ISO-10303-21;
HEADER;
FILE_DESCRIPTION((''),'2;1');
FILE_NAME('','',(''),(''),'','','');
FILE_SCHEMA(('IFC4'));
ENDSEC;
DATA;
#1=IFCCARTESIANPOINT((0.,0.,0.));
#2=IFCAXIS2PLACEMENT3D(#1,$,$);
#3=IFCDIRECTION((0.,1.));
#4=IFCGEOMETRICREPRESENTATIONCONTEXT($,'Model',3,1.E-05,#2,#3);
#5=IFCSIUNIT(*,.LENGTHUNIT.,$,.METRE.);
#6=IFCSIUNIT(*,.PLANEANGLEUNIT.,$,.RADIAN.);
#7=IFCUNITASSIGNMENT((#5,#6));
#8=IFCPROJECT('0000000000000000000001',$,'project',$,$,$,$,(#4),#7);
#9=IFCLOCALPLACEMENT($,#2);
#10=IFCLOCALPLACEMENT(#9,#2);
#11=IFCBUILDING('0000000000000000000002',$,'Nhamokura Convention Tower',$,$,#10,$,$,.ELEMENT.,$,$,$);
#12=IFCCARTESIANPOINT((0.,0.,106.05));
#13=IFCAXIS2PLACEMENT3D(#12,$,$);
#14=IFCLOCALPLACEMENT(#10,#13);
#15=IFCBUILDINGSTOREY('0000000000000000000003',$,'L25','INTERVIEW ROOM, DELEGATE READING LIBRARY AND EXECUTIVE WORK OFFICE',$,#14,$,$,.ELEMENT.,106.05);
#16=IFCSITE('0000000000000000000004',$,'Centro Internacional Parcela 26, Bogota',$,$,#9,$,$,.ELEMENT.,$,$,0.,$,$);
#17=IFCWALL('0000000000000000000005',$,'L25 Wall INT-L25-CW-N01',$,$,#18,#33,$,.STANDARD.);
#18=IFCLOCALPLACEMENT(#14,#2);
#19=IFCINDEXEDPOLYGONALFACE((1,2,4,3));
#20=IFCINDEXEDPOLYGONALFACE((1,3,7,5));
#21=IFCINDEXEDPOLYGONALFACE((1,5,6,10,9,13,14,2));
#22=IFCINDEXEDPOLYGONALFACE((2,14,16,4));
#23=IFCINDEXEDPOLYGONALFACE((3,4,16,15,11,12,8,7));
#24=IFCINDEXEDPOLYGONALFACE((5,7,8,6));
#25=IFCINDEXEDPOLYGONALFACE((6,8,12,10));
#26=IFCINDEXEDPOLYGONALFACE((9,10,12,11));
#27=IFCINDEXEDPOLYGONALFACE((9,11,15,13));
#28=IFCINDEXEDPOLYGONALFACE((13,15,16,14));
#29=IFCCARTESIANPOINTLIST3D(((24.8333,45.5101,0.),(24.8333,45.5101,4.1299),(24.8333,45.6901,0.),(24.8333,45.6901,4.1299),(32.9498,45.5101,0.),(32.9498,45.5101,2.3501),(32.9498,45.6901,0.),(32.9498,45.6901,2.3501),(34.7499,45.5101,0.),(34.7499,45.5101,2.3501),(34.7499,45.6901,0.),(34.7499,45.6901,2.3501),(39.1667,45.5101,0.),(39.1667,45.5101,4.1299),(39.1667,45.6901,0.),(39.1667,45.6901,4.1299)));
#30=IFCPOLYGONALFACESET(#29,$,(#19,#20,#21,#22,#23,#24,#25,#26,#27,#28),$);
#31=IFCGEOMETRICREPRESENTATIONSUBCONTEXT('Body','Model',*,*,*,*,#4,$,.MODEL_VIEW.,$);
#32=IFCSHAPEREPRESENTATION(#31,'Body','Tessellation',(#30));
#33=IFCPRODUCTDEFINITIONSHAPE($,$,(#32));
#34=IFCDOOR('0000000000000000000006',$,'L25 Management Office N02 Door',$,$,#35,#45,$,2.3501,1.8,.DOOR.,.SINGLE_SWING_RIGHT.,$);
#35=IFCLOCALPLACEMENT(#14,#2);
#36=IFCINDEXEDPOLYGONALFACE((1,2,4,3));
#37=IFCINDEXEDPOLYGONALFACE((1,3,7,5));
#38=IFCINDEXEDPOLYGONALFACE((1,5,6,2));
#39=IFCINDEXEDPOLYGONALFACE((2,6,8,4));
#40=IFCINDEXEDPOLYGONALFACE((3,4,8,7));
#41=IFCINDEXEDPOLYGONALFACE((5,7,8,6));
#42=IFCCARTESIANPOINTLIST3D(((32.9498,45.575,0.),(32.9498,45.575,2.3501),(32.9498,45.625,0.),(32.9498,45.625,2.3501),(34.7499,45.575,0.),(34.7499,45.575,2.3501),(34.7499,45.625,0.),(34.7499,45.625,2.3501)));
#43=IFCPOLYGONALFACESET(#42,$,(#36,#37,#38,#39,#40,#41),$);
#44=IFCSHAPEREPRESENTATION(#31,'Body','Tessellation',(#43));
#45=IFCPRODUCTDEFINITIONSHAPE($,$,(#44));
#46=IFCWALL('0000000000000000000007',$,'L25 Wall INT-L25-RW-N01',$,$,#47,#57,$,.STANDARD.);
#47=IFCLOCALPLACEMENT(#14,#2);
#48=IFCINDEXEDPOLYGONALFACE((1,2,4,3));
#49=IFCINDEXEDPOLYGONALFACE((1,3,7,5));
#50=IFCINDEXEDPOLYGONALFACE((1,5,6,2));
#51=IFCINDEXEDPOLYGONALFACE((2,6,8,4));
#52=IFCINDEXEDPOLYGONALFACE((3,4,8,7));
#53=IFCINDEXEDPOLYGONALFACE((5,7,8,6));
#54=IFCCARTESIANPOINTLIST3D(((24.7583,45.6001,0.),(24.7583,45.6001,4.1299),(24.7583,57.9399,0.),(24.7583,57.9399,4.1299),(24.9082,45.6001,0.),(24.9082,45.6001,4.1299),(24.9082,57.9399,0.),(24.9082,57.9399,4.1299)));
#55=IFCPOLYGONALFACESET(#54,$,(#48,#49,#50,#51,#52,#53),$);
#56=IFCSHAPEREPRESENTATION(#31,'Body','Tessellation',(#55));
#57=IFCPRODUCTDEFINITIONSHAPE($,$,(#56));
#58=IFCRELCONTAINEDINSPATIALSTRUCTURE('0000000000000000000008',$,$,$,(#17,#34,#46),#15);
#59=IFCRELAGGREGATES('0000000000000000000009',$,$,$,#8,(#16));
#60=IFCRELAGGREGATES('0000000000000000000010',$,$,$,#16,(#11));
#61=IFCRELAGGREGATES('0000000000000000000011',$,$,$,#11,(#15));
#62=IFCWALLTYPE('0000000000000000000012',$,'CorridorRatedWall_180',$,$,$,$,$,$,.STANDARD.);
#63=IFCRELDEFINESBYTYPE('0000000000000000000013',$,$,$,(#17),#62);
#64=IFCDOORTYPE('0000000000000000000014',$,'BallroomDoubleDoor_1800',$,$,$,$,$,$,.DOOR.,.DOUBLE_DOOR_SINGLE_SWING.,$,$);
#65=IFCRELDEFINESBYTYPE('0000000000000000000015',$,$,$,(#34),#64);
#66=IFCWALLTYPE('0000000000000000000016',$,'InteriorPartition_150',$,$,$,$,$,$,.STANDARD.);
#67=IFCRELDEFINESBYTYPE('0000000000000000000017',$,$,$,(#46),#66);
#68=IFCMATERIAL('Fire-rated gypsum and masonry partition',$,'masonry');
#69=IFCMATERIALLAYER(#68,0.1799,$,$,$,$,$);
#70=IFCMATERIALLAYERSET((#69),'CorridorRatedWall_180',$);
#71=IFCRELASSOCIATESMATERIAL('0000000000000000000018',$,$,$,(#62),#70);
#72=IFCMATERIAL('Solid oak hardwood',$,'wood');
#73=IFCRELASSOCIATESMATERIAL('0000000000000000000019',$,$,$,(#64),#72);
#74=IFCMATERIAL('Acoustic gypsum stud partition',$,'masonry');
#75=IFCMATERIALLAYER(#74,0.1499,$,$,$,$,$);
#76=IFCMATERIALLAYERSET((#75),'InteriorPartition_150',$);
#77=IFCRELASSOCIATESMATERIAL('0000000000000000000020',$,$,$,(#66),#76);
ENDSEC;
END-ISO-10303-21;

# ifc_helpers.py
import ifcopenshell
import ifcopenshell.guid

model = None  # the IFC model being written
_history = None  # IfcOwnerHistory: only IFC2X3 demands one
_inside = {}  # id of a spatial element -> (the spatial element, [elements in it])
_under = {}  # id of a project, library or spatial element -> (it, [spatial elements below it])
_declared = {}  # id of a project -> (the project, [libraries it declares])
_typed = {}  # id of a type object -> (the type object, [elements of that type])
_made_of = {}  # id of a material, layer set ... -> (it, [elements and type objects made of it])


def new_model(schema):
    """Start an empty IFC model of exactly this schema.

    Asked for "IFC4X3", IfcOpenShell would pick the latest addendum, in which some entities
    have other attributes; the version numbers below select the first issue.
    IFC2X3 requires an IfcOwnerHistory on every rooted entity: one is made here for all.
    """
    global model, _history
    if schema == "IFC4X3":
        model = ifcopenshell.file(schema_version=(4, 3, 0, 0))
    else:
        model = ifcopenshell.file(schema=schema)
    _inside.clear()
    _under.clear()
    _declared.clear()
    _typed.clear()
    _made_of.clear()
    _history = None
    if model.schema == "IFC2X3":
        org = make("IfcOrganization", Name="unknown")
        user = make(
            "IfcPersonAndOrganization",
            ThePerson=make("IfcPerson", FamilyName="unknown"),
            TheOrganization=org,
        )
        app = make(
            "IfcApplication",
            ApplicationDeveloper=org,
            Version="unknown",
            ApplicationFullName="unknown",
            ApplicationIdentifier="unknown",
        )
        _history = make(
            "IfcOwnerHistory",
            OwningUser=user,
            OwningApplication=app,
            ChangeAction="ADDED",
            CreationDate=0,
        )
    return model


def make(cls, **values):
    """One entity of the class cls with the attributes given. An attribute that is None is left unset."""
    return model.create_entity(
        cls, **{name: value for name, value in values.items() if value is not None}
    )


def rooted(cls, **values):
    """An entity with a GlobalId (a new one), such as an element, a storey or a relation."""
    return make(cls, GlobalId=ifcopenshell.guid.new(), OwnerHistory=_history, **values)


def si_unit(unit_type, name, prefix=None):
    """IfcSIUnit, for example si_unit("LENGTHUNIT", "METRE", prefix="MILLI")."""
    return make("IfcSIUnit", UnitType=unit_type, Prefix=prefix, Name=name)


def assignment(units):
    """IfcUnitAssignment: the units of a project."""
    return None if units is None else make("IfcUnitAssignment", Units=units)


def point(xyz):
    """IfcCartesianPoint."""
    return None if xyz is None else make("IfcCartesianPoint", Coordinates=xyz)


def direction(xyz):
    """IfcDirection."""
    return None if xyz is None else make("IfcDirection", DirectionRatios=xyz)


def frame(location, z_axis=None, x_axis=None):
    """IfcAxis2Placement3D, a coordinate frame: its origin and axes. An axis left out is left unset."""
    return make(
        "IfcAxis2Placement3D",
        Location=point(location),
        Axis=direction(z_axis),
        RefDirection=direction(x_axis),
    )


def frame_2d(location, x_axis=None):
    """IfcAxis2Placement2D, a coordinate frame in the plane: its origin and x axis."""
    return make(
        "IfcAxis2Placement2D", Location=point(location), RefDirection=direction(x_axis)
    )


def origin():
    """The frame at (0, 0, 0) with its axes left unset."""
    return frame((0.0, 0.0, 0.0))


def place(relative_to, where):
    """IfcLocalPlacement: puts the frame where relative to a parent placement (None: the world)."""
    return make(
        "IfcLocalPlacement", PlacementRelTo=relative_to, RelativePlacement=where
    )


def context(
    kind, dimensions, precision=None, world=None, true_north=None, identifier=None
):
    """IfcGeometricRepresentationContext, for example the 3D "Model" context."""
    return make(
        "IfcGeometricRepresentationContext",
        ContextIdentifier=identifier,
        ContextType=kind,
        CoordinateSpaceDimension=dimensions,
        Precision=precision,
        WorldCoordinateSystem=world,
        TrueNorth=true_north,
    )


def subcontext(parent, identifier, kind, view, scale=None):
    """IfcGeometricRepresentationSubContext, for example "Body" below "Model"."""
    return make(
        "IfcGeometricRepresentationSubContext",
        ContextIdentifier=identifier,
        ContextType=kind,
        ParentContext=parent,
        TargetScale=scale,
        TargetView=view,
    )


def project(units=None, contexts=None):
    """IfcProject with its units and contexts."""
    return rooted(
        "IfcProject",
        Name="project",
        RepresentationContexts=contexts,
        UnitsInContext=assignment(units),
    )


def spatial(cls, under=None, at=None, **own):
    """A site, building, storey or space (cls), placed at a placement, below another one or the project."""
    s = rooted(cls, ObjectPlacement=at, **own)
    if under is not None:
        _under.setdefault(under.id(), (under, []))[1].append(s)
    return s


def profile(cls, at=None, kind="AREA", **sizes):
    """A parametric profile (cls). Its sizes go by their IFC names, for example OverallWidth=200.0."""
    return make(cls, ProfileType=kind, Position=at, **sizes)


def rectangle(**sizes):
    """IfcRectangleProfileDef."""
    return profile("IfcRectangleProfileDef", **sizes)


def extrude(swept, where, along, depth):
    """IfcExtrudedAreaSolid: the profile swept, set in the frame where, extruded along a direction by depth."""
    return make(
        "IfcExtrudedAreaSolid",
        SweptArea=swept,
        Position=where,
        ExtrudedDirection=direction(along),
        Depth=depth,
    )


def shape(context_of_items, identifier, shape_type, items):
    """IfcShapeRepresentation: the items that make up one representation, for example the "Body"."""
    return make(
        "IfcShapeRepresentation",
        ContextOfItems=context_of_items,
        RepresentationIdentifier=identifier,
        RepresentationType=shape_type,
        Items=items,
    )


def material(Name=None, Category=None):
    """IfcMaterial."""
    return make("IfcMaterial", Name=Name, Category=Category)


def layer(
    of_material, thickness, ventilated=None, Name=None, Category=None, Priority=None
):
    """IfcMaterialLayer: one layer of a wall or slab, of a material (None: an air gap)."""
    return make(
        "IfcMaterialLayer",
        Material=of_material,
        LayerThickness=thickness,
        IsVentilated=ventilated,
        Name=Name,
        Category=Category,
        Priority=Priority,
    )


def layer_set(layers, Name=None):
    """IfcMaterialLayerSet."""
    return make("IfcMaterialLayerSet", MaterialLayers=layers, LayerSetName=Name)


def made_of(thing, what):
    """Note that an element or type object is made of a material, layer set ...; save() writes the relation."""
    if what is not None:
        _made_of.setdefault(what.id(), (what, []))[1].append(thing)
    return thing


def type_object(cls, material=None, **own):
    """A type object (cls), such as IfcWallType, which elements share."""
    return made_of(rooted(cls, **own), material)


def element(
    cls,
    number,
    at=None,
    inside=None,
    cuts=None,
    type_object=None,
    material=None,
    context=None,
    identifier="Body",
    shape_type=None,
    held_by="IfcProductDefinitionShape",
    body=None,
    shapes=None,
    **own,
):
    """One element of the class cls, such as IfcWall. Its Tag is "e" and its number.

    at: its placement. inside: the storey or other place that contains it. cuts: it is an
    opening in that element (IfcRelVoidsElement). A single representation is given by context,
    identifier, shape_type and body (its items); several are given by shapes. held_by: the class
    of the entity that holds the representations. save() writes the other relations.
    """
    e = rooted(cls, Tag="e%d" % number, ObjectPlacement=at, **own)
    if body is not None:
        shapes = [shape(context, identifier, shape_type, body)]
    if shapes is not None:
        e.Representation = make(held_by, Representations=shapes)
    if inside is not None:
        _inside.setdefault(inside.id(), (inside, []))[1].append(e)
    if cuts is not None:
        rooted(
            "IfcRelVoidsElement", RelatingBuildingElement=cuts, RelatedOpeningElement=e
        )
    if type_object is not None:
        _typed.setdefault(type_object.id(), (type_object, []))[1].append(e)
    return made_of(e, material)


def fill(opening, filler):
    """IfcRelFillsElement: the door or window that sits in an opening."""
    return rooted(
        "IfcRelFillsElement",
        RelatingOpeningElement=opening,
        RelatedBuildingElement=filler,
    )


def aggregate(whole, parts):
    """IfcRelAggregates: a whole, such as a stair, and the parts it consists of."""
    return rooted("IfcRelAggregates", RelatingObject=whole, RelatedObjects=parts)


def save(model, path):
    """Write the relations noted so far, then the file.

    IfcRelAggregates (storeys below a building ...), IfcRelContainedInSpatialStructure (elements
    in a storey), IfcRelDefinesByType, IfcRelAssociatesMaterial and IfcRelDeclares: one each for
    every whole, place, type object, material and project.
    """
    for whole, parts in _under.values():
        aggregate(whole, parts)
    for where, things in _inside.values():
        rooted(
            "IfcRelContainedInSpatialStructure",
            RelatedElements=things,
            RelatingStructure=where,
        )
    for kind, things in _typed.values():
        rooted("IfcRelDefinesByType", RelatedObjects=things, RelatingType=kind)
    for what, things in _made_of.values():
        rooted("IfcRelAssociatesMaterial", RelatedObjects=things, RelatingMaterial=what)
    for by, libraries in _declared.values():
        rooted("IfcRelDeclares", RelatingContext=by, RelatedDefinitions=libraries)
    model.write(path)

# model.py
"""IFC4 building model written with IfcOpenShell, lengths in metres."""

from ifc_helpers import new_model, si_unit, direction, frame, frame_2d, origin, place, context, subcontext, project, spatial, rectangle, extrude, material, layer, layer_set, type_object, element, fill, save


model = new_model("IFC4")

# Units and contexts
model_context = context("Model", 3, precision=1e-05, world=origin(), true_north=direction((0.0, 1.0)))
body_context = subcontext(model_context, "Body", "Model", "MODEL_VIEW")
ifc_project = project(units=[si_unit("LENGTHUNIT", "METRE"), si_unit("PLANEANGLEUNIT", "RADIAN")], contexts=[model_context])

# Site, building, storey
site_placement = place(None, origin())
site = spatial("IfcSite", under=ifc_project, at=site_placement, Name="Centro Internacional Parcela 26, Bogota", CompositionType="ELEMENT", RefElevation=0.0)
building_placement = place(site_placement, origin())
building = spatial("IfcBuilding", under=site, at=building_placement, Name="Nhamokura Convention Tower", CompositionType="ELEMENT")
storey_placement = place(building_placement, frame((0.0, 0.0, 106.05)))
storey = spatial("IfcBuildingStorey", under=building, at=storey_placement, Name="L25", Description="INTERVIEW ROOM, DELEGATE READING LIBRARY AND EXECUTIVE WORK OFFICE", CompositionType="ELEMENT", Elevation=106.05)

# Wall, opening, door
ifc_material_1 = material(Name="Fire-rated gypsum and masonry partition", Category="masonry")
ifc_layer_1 = layer(ifc_material_1, 0.1799)
ifc_layer_set_1 = layer_set([ifc_layer_1], Name="CorridorRatedWall_180")
wall_type_1 = type_object("IfcWallType", Name="CorridorRatedWall_180", PredefinedType="STANDARD", material=ifc_layer_set_1)
wall_1_placement = place(storey_placement, frame((24.8333, 45.6001, 0.0), z_axis=(0.0, 0.0, 1.0), x_axis=(1.0, 0.0, 0.0)))
wall_1 = element("IfcWall", 1, at=wall_1_placement, inside=storey, type_object=wall_type_1, Name="L25 Wall INT-L25-CW-N01", PredefinedType="STANDARD", context=body_context, shape_type="SweptSolid", body=[
    extrude(rectangle(XDim=14.3335, YDim=0.1799, at=frame_2d((7.1667, 0.0))), origin(), (0.0, 0.0, 1.0), 4.1299),
])
opening_placement = place(wall_1_placement, frame((8.1167, 0.0, 0.0)))
opening = element("IfcOpeningElement", 2, at=opening_placement, cuts=wall_1, PredefinedType="OPENING", context=body_context, shape_type="SweptSolid", body=[
    extrude(rectangle(XDim=1.8, YDim=2.3501, at=frame_2d((0.8999, 1.175))), frame((0.0, 0.0999, 0.0), z_axis=(0.0, -1.0, 0.0), x_axis=(1.0, 0.0, 0.0)), (0.0, 0.0, 1.0), 0.2),
])
ifc_material_2 = material(Name="Solid oak hardwood", Category="wood")
door_type = type_object("IfcDoorType", Name="BallroomDoubleDoor_1800", OperationType="DOUBLE_DOOR_SINGLE_SWING", PredefinedType="DOOR", material=ifc_material_2)
door_placement = place(opening_placement, origin())
door = element("IfcDoor", 3, at=door_placement, inside=storey, type_object=door_type, Name="L25 Management Office N02 Door", OperationType="SINGLE_SWING_RIGHT", OverallHeight=2.3501, OverallWidth=1.8, PredefinedType="DOOR", context=body_context, shape_type="SweptSolid", body=[
    extrude(rectangle(XDim=1.8, YDim=2.3501, at=frame_2d((0.8999, 1.175))), frame((0.0, 0.0249, 0.0), z_axis=(0.0, -1.0, 0.0), x_axis=(1.0, 0.0, 0.0)), (0.0, 0.0, 1.0), 0.05),
])
fill(opening, door)

# Wall
ifc_material_3 = material(Name="Acoustic gypsum stud partition", Category="masonry")
ifc_layer_2 = layer(ifc_material_3, 0.1499)
ifc_layer_set_2 = layer_set([ifc_layer_2], Name="InteriorPartition_150")
wall_type_2 = type_object("IfcWallType", Name="InteriorPartition_150", PredefinedType="STANDARD", material=ifc_layer_set_2)
wall_2_placement = place(storey_placement, frame((24.8333, 45.6001, 0.0), z_axis=(0.0, 0.0, 1.0), x_axis=(0.0, 1.0, 0.0)))
element("IfcWall", 4, at=wall_2_placement, inside=storey, type_object=wall_type_2, Name="L25 Wall INT-L25-RW-N01", PredefinedType="STANDARD", context=body_context, shape_type="SweptSolid", body=[
    extrude(rectangle(XDim=12.3398, YDim=0.1499, at=frame_2d((6.1699, 0.0))), origin(), (0.0, 0.0, 1.0), 4.1299),
])

save(model, "model.ifc")
